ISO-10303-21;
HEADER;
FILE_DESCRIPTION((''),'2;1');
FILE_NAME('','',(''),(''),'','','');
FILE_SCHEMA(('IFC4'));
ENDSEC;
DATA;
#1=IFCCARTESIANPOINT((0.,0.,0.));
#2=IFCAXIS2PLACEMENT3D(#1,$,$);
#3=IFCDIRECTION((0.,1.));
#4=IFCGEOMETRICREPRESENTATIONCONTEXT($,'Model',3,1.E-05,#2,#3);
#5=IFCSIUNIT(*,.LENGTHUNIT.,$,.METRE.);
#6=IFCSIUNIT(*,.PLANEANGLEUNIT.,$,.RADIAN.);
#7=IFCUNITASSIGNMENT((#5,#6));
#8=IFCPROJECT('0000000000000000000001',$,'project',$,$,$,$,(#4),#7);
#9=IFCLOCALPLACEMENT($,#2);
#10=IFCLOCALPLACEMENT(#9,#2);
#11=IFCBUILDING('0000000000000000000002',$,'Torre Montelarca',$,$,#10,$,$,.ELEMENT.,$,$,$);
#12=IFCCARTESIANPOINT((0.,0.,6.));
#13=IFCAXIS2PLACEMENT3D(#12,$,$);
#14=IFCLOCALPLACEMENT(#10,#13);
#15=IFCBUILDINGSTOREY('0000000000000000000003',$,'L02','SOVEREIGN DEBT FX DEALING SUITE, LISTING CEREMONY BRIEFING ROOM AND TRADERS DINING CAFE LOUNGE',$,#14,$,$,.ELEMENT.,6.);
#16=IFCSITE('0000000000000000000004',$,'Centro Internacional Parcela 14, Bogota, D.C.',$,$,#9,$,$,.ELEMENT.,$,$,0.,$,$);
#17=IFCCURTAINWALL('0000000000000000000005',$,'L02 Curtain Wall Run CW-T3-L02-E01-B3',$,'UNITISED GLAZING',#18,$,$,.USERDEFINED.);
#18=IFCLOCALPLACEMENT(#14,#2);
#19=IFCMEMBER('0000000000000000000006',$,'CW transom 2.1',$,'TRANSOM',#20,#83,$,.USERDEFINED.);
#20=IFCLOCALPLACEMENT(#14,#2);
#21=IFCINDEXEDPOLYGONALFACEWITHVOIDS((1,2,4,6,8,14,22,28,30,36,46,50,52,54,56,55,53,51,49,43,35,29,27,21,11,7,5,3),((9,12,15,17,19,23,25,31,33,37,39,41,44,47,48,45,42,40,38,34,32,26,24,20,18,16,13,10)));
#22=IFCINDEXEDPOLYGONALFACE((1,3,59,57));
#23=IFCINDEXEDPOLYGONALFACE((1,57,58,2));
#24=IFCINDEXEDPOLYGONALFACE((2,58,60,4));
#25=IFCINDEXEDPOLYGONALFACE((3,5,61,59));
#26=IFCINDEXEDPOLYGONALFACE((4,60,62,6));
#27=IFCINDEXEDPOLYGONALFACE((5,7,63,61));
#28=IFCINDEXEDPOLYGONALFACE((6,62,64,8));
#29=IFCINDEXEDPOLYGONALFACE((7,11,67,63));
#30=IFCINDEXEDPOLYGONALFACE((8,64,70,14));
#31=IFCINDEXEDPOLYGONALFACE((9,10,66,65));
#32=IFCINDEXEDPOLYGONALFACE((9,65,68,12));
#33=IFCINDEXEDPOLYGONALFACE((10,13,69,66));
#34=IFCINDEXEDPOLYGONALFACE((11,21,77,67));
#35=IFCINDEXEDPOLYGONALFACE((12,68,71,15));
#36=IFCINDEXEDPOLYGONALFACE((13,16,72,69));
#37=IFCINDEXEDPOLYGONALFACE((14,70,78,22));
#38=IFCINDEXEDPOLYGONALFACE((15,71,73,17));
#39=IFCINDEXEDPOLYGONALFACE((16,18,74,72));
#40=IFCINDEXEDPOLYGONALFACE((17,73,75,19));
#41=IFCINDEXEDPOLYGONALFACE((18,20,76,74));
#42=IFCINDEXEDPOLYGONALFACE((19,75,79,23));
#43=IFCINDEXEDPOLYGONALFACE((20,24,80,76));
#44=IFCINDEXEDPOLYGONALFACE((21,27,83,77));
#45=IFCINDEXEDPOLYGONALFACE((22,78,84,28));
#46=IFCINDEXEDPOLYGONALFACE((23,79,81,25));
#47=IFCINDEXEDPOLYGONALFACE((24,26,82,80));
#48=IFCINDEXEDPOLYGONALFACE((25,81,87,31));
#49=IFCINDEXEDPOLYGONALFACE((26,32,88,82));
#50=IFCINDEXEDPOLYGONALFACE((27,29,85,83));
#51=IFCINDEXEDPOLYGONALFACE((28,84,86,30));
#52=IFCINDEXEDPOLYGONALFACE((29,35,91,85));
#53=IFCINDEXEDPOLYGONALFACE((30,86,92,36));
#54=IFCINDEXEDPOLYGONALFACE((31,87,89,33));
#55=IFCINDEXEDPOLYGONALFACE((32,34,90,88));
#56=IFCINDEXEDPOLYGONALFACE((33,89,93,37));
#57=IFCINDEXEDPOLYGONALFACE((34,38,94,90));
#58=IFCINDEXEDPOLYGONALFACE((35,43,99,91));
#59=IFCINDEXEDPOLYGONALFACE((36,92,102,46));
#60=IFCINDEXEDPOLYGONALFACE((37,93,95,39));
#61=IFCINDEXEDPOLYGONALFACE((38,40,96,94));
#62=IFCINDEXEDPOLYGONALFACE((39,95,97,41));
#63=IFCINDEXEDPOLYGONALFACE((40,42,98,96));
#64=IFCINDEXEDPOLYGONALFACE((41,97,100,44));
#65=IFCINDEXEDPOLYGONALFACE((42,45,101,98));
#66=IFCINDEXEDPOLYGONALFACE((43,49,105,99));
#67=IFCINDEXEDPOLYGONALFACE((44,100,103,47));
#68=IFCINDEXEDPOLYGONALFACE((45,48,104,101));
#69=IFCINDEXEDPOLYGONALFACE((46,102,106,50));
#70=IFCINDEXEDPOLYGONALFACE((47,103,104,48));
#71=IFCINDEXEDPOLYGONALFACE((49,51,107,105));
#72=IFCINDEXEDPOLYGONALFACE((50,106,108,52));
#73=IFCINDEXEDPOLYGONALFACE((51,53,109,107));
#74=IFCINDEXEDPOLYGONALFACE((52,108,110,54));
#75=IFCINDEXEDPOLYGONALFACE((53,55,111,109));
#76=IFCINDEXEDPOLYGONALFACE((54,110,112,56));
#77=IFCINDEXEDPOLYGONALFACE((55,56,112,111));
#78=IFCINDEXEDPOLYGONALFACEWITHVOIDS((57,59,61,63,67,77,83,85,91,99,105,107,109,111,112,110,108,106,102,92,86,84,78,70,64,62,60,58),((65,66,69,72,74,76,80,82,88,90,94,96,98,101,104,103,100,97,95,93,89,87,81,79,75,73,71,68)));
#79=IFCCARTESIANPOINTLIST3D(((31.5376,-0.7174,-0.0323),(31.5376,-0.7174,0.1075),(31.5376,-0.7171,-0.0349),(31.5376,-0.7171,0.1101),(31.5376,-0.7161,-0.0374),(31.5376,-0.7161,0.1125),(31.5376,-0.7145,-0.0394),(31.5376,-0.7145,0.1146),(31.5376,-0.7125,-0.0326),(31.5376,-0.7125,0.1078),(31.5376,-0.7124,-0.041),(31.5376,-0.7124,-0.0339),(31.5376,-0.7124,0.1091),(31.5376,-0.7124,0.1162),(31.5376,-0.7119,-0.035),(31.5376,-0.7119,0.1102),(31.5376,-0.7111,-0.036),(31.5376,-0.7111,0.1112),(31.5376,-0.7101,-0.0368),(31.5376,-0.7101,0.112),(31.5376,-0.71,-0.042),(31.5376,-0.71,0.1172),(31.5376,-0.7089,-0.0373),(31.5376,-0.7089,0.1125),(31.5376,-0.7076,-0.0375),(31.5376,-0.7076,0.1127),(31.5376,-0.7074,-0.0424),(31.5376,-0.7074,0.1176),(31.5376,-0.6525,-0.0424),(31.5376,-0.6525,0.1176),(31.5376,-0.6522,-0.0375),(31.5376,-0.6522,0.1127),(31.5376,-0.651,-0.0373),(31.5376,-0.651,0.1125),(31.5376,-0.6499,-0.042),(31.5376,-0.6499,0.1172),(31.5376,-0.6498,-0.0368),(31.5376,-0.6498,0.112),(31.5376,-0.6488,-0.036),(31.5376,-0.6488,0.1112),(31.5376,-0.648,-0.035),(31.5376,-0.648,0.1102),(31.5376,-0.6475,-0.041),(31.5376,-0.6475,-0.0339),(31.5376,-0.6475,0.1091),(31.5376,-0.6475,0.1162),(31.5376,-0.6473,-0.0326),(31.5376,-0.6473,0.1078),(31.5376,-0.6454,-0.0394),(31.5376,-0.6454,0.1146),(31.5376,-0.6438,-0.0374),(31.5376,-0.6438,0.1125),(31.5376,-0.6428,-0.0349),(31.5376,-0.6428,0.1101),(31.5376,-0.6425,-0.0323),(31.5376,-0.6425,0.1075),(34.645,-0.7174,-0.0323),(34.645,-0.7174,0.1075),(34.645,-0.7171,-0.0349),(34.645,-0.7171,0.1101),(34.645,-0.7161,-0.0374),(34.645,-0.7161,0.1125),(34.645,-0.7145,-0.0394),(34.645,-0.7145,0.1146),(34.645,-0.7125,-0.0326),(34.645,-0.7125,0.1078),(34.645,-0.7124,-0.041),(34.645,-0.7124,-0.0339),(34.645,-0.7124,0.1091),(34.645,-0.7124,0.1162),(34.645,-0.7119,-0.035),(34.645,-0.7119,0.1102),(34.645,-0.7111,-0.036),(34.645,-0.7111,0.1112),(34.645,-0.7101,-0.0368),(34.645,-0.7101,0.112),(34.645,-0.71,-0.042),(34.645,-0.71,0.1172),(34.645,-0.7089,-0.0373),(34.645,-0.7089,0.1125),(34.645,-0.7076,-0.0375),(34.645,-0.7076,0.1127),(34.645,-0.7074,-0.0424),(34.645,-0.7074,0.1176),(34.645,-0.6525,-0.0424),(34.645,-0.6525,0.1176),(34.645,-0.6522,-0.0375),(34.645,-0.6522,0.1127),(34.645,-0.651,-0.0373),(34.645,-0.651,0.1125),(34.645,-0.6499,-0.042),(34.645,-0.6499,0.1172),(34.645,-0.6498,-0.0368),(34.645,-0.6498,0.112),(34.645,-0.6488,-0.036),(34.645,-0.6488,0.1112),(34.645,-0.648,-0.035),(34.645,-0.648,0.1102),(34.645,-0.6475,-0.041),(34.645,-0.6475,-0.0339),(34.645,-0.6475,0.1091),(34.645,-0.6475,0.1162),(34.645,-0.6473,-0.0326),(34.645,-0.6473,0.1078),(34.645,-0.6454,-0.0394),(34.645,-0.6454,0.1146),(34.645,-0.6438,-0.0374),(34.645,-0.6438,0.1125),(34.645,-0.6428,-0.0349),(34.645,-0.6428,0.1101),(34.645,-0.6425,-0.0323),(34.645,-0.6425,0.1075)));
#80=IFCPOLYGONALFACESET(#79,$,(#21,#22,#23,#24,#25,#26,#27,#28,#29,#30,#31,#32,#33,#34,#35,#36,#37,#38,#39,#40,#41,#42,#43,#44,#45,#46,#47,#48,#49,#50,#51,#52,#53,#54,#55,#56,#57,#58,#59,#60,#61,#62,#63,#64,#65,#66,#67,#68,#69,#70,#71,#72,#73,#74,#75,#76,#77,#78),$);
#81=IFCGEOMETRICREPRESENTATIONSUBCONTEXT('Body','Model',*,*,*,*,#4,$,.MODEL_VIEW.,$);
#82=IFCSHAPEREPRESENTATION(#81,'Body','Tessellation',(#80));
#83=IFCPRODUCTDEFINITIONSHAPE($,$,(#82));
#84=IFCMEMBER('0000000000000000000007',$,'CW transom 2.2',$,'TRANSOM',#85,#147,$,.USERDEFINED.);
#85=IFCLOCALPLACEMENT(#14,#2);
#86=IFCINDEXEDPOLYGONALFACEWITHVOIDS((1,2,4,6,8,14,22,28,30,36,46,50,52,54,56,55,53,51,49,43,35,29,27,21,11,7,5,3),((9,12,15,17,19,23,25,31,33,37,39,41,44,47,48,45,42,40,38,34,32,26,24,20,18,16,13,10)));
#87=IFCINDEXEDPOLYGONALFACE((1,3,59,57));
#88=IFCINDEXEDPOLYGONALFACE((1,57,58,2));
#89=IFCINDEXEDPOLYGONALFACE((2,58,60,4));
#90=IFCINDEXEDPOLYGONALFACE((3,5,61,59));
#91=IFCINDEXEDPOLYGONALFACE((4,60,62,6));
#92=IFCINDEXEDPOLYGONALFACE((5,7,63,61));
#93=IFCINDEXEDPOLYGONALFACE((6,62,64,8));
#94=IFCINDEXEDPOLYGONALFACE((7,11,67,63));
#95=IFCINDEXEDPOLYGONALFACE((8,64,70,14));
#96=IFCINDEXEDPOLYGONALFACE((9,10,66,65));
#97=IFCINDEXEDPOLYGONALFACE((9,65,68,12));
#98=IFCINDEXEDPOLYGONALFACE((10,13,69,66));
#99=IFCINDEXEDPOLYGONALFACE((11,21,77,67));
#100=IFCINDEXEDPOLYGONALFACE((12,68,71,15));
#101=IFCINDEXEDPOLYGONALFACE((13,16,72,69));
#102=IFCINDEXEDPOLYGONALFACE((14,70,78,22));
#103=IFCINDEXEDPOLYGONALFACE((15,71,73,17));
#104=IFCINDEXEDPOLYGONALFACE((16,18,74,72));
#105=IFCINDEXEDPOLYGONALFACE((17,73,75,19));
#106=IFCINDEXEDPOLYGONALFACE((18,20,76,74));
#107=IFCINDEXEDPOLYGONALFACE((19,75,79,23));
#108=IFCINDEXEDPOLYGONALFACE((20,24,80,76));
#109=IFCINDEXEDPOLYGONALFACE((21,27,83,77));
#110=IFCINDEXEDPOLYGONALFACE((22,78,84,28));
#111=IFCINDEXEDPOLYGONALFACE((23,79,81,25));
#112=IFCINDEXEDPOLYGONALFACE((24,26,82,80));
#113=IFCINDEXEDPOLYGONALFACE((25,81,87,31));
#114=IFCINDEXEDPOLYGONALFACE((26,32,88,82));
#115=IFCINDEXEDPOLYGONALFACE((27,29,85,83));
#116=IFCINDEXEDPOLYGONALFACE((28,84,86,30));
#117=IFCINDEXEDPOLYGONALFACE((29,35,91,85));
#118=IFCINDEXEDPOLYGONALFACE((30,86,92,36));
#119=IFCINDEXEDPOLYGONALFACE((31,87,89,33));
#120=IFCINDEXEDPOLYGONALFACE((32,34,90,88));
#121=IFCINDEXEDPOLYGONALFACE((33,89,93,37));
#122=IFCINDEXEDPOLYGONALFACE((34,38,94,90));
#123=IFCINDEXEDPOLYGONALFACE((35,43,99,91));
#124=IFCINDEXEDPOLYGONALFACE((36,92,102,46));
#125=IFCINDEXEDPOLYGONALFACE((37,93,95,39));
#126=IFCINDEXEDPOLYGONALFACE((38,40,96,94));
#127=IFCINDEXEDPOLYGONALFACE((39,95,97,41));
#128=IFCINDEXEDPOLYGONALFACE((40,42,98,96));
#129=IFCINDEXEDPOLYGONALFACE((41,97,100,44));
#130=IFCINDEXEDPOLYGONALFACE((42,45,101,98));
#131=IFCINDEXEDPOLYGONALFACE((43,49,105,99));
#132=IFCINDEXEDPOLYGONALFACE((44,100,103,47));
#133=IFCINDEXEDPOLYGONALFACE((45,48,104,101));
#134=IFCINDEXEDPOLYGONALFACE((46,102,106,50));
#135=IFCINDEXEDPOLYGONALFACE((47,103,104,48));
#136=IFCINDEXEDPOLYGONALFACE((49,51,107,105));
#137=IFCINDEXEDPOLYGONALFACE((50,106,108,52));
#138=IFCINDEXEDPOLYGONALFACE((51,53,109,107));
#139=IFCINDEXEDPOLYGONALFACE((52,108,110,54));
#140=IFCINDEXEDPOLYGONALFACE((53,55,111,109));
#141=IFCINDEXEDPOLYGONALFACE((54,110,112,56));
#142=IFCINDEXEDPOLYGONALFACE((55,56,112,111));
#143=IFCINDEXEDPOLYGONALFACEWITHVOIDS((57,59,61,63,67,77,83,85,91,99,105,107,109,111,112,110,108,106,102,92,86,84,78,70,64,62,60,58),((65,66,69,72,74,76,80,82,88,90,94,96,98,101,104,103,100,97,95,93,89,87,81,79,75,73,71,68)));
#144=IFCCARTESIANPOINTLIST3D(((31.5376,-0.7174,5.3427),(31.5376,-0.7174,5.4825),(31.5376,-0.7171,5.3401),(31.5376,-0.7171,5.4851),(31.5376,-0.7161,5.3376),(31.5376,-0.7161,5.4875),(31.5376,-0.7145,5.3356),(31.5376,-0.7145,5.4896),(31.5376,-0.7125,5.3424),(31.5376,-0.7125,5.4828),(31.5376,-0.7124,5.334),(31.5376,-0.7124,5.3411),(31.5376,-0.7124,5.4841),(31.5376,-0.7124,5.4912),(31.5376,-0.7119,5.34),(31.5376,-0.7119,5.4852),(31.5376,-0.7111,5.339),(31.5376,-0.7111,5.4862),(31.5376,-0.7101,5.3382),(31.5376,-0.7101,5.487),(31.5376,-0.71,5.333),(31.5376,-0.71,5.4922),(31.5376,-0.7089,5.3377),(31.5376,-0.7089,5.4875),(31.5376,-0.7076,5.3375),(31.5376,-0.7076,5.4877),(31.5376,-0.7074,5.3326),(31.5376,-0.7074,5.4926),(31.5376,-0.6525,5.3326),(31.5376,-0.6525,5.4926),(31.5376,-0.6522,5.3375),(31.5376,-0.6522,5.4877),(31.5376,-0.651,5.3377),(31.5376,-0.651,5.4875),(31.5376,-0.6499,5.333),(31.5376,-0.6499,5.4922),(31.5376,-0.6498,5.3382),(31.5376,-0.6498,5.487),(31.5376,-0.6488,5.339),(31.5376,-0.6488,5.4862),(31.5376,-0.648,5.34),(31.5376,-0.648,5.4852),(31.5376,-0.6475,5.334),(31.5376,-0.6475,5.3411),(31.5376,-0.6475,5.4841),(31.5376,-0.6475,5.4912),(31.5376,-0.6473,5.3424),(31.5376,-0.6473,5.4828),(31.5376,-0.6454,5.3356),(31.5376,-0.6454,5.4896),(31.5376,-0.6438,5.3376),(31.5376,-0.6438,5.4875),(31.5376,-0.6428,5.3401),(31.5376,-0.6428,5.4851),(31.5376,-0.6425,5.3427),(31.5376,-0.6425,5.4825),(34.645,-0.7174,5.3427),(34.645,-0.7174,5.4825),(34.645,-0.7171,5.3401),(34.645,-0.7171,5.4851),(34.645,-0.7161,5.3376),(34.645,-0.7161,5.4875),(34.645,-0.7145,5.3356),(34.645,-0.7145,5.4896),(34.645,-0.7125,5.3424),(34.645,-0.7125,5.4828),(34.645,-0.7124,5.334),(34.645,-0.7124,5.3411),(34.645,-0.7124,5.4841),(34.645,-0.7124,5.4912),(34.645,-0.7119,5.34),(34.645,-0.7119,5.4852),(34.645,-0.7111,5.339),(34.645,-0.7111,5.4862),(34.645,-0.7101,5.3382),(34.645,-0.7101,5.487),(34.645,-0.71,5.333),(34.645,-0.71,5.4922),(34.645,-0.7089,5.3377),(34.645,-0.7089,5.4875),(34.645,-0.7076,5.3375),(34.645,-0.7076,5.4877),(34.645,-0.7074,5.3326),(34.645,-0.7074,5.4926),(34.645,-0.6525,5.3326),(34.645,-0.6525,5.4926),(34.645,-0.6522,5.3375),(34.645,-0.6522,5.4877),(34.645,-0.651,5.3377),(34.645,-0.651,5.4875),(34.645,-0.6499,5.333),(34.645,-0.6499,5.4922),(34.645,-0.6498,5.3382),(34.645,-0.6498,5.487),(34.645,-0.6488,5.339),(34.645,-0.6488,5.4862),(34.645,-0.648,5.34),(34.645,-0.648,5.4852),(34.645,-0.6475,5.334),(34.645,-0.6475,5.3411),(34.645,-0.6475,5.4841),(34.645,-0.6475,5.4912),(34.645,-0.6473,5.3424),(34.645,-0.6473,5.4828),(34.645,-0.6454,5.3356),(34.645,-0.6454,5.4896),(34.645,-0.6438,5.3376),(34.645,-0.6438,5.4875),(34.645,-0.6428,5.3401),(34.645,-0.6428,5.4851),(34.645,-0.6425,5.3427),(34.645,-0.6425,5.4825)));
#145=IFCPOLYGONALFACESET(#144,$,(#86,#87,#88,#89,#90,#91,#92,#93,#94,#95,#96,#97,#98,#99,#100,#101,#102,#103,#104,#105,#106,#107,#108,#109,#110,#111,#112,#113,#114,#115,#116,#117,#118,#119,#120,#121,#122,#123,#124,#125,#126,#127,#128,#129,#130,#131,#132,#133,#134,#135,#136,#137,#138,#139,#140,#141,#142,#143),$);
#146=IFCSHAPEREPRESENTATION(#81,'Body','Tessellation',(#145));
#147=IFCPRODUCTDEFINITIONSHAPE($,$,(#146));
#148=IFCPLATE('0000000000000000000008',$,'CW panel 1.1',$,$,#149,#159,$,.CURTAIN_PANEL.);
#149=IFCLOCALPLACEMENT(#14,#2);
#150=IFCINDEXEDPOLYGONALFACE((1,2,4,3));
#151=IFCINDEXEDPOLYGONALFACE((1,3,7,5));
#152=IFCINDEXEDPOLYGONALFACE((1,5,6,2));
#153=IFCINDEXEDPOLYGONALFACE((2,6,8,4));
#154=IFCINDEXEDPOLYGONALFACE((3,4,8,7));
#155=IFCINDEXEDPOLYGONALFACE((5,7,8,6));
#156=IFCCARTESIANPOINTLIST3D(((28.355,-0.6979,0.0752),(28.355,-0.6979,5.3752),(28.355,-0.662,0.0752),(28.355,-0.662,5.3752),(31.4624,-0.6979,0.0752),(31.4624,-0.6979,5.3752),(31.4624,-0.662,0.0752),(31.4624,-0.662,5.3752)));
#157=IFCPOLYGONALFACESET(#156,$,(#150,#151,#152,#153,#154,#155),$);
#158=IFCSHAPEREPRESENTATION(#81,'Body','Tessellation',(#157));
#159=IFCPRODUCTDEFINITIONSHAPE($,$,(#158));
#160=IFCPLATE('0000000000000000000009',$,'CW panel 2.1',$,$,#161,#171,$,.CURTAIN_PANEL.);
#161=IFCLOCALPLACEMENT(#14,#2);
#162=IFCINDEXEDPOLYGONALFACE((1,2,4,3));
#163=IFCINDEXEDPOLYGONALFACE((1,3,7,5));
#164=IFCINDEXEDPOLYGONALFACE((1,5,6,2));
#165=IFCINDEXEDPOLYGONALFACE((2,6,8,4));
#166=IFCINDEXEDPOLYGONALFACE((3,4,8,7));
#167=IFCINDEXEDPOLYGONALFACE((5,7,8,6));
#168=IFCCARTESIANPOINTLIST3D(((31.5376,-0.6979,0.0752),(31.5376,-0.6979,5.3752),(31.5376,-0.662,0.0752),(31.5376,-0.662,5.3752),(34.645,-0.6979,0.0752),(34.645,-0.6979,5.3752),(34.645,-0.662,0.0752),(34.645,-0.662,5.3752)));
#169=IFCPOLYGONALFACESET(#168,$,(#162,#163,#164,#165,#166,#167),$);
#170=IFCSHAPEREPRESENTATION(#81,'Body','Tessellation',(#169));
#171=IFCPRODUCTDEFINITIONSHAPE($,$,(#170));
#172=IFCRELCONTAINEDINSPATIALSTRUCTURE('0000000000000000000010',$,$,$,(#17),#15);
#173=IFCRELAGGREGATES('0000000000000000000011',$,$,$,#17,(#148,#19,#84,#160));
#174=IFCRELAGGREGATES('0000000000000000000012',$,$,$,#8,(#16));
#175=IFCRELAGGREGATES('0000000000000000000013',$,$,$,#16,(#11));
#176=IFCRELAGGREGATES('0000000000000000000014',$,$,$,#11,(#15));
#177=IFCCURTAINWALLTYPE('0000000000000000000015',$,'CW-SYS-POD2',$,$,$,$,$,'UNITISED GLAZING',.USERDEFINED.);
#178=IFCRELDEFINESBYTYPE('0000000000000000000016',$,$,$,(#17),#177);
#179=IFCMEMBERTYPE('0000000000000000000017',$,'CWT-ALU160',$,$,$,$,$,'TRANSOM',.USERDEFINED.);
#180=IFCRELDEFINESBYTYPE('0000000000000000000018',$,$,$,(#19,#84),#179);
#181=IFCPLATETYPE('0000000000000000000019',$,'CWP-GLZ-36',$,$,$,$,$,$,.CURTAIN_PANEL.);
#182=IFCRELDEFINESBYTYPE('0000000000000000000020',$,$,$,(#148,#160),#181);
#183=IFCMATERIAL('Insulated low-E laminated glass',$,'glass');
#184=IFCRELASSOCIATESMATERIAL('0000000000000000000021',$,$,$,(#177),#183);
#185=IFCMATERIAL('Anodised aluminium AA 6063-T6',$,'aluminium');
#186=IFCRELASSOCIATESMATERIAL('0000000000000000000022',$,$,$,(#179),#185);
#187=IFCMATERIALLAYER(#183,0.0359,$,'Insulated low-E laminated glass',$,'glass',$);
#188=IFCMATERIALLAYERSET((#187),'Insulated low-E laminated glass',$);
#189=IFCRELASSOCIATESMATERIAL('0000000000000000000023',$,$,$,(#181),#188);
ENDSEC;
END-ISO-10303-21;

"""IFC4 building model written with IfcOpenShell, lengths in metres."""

from ifc_helpers import new_model, si_unit, direction, frame, origin, origin_2d, place, context, subcontext, project, spatial, rectangle, hollow_rectangle, extrude, source, transform, mapped, material, layer, layer_set, material_profile, profile_set, type_object, element, aggregate, save


model = new_model("IFC4")

# Units and contexts
model_context = context("Model", 3, precision=1e-05, world=origin(), true_north=direction((0.0, 1.0)))
body_context = subcontext(model_context, "Body", "Model", "MODEL_VIEW")
ifc_project = project(units=[si_unit("LENGTHUNIT", "METRE"), si_unit("PLANEANGLEUNIT", "RADIAN")], contexts=[model_context])

# Site, building, storey
site_placement = place(None, origin())
site = spatial("IfcSite", under=ifc_project, at=site_placement, Name="Centro Internacional Parcela 14, Bogota, D.C.", CompositionType="ELEMENT", RefElevation=0.0)
building_placement = place(site_placement, origin())
building = spatial("IfcBuilding", under=site, at=building_placement, Name="Torre Montelarca", CompositionType="ELEMENT")
storey_placement = place(building_placement, frame((0.0, 0.0, 6.0)))
storey = spatial("IfcBuildingStorey", under=building, at=storey_placement, Name="L02", Description="SOVEREIGN DEBT FX DEALING SUITE, LISTING CEREMONY BRIEFING ROOM AND TRADERS DINING CAFE LOUNGE", CompositionType="ELEMENT", Elevation=6.0)

# Curtain wall, members, plates
ifc_material_1 = material(Name="Insulated low-E laminated glass", Category="glass")
curtain_wall_type = type_object("IfcCurtainWallType", Name="CW-SYS-POD2", ElementType="UNITISED GLAZING", PredefinedType="USERDEFINED", material=ifc_material_1)
curtain_wall_placement = place(storey_placement, origin())
curtain_wall = element("IfcCurtainWall", 1, at=curtain_wall_placement, inside=storey, type_object=curtain_wall_type, Name="L02 Curtain Wall Run CW-T3-L02-E01-B3", ObjectType="UNITISED GLAZING", PredefinedType="USERDEFINED")
ifc_material_2 = material(Name="Anodised aluminium AA 6063-T6", Category="aluminium")
ifc_material_profile_1 = material_profile(ifc_material_2, hollow_rectangle(XDim=0.075, YDim=0.1599, WallThickness=0.0049, InnerFilletRadius=0.0049, OuterFilletRadius=0.01, at=origin_2d()), Name="ALU75X160X5", Category="aluminium")
ifc_profile_set_1 = profile_set([ifc_material_profile_1], Name="Anodised aluminium AA 6063-T6")
member_type_1 = type_object("IfcMemberType", Name="CWT-ALU160", ElementType="TRANSOM", PredefinedType="USERDEFINED", material=ifc_profile_set_1)
shared_shape_1 = source(origin(), body_context, "Body", "SweptSolid", [
    extrude(hollow_rectangle(XDim=0.075, YDim=0.1599, WallThickness=0.0049, InnerFilletRadius=0.0049, OuterFilletRadius=0.01, at=origin_2d()), origin(), (0.0, 0.0, 1.0), 3.1074),
])
member_1_placement = place(storey_placement, frame((31.5376, -0.6799, 0.0376), z_axis=(1.0, 0.0, 0.0), x_axis=(0.0, 1.0, 0.0)))
member_1 = element("IfcMember", 2, at=member_1_placement, type_object=member_type_1, Name="CW transom 2.1", ObjectType="TRANSOM", PredefinedType="USERDEFINED", context=body_context, shape_type="MappedRepresentation", body=[
    mapped(shared_shape_1, transform((0.0, 0.0, 0.0), scale=1.0)),
])
member_2_placement = place(storey_placement, frame((31.5376, -0.6799, 5.4126), z_axis=(1.0, 0.0, 0.0), x_axis=(0.0, 1.0, 0.0)))
member_2 = element("IfcMember", 3, at=member_2_placement, type_object=member_type_1, Name="CW transom 2.2", ObjectType="TRANSOM", PredefinedType="USERDEFINED", context=body_context, shape_type="MappedRepresentation", body=[
    mapped(shared_shape_1, transform((0.0, 0.0, 0.0), scale=1.0)),
])
ifc_layer_1 = layer(ifc_material_1, 0.0359, Name="Insulated low-E laminated glass", Category="glass")
ifc_layer_set_1 = layer_set([ifc_layer_1], Name="Insulated low-E laminated glass")
plate_type = type_object("IfcPlateType", Name="CWP-GLZ-36", PredefinedType="CURTAIN_PANEL", material=ifc_layer_set_1)
shared_shape_2 = source(origin(), body_context, "Body", "SweptSolid", [
    extrude(rectangle(XDim=3.1074, YDim=0.0359, at=origin_2d()), origin(), (0.0, 0.0, 1.0), 5.3),
])
plate_1_placement = place(storey_placement, frame((29.9087, -0.6799, 0.0752), z_axis=(0.0, 0.0, 1.0), x_axis=(1.0, 0.0, 0.0)))
plate_1 = element("IfcPlate", 4, at=plate_1_placement, type_object=plate_type, Name="CW panel 1.1", PredefinedType="CURTAIN_PANEL", context=body_context, shape_type="MappedRepresentation", body=[
    mapped(shared_shape_2, transform((0.0, 0.0, 0.0), scale=1.0)),
])
plate_2_placement = place(storey_placement, frame((33.0913, -0.6799, 0.0752), z_axis=(0.0, 0.0, 1.0), x_axis=(1.0, 0.0, 0.0)))
plate_2 = element("IfcPlate", 5, at=plate_2_placement, type_object=plate_type, Name="CW panel 2.1", PredefinedType="CURTAIN_PANEL", context=body_context, shape_type="MappedRepresentation", body=[
    mapped(shared_shape_2, transform((0.0, 0.0, 0.0), scale=1.0)),
])
aggregate(curtain_wall, [plate_1, member_1, member_2, plate_2])

save(model, "model.ifc")
